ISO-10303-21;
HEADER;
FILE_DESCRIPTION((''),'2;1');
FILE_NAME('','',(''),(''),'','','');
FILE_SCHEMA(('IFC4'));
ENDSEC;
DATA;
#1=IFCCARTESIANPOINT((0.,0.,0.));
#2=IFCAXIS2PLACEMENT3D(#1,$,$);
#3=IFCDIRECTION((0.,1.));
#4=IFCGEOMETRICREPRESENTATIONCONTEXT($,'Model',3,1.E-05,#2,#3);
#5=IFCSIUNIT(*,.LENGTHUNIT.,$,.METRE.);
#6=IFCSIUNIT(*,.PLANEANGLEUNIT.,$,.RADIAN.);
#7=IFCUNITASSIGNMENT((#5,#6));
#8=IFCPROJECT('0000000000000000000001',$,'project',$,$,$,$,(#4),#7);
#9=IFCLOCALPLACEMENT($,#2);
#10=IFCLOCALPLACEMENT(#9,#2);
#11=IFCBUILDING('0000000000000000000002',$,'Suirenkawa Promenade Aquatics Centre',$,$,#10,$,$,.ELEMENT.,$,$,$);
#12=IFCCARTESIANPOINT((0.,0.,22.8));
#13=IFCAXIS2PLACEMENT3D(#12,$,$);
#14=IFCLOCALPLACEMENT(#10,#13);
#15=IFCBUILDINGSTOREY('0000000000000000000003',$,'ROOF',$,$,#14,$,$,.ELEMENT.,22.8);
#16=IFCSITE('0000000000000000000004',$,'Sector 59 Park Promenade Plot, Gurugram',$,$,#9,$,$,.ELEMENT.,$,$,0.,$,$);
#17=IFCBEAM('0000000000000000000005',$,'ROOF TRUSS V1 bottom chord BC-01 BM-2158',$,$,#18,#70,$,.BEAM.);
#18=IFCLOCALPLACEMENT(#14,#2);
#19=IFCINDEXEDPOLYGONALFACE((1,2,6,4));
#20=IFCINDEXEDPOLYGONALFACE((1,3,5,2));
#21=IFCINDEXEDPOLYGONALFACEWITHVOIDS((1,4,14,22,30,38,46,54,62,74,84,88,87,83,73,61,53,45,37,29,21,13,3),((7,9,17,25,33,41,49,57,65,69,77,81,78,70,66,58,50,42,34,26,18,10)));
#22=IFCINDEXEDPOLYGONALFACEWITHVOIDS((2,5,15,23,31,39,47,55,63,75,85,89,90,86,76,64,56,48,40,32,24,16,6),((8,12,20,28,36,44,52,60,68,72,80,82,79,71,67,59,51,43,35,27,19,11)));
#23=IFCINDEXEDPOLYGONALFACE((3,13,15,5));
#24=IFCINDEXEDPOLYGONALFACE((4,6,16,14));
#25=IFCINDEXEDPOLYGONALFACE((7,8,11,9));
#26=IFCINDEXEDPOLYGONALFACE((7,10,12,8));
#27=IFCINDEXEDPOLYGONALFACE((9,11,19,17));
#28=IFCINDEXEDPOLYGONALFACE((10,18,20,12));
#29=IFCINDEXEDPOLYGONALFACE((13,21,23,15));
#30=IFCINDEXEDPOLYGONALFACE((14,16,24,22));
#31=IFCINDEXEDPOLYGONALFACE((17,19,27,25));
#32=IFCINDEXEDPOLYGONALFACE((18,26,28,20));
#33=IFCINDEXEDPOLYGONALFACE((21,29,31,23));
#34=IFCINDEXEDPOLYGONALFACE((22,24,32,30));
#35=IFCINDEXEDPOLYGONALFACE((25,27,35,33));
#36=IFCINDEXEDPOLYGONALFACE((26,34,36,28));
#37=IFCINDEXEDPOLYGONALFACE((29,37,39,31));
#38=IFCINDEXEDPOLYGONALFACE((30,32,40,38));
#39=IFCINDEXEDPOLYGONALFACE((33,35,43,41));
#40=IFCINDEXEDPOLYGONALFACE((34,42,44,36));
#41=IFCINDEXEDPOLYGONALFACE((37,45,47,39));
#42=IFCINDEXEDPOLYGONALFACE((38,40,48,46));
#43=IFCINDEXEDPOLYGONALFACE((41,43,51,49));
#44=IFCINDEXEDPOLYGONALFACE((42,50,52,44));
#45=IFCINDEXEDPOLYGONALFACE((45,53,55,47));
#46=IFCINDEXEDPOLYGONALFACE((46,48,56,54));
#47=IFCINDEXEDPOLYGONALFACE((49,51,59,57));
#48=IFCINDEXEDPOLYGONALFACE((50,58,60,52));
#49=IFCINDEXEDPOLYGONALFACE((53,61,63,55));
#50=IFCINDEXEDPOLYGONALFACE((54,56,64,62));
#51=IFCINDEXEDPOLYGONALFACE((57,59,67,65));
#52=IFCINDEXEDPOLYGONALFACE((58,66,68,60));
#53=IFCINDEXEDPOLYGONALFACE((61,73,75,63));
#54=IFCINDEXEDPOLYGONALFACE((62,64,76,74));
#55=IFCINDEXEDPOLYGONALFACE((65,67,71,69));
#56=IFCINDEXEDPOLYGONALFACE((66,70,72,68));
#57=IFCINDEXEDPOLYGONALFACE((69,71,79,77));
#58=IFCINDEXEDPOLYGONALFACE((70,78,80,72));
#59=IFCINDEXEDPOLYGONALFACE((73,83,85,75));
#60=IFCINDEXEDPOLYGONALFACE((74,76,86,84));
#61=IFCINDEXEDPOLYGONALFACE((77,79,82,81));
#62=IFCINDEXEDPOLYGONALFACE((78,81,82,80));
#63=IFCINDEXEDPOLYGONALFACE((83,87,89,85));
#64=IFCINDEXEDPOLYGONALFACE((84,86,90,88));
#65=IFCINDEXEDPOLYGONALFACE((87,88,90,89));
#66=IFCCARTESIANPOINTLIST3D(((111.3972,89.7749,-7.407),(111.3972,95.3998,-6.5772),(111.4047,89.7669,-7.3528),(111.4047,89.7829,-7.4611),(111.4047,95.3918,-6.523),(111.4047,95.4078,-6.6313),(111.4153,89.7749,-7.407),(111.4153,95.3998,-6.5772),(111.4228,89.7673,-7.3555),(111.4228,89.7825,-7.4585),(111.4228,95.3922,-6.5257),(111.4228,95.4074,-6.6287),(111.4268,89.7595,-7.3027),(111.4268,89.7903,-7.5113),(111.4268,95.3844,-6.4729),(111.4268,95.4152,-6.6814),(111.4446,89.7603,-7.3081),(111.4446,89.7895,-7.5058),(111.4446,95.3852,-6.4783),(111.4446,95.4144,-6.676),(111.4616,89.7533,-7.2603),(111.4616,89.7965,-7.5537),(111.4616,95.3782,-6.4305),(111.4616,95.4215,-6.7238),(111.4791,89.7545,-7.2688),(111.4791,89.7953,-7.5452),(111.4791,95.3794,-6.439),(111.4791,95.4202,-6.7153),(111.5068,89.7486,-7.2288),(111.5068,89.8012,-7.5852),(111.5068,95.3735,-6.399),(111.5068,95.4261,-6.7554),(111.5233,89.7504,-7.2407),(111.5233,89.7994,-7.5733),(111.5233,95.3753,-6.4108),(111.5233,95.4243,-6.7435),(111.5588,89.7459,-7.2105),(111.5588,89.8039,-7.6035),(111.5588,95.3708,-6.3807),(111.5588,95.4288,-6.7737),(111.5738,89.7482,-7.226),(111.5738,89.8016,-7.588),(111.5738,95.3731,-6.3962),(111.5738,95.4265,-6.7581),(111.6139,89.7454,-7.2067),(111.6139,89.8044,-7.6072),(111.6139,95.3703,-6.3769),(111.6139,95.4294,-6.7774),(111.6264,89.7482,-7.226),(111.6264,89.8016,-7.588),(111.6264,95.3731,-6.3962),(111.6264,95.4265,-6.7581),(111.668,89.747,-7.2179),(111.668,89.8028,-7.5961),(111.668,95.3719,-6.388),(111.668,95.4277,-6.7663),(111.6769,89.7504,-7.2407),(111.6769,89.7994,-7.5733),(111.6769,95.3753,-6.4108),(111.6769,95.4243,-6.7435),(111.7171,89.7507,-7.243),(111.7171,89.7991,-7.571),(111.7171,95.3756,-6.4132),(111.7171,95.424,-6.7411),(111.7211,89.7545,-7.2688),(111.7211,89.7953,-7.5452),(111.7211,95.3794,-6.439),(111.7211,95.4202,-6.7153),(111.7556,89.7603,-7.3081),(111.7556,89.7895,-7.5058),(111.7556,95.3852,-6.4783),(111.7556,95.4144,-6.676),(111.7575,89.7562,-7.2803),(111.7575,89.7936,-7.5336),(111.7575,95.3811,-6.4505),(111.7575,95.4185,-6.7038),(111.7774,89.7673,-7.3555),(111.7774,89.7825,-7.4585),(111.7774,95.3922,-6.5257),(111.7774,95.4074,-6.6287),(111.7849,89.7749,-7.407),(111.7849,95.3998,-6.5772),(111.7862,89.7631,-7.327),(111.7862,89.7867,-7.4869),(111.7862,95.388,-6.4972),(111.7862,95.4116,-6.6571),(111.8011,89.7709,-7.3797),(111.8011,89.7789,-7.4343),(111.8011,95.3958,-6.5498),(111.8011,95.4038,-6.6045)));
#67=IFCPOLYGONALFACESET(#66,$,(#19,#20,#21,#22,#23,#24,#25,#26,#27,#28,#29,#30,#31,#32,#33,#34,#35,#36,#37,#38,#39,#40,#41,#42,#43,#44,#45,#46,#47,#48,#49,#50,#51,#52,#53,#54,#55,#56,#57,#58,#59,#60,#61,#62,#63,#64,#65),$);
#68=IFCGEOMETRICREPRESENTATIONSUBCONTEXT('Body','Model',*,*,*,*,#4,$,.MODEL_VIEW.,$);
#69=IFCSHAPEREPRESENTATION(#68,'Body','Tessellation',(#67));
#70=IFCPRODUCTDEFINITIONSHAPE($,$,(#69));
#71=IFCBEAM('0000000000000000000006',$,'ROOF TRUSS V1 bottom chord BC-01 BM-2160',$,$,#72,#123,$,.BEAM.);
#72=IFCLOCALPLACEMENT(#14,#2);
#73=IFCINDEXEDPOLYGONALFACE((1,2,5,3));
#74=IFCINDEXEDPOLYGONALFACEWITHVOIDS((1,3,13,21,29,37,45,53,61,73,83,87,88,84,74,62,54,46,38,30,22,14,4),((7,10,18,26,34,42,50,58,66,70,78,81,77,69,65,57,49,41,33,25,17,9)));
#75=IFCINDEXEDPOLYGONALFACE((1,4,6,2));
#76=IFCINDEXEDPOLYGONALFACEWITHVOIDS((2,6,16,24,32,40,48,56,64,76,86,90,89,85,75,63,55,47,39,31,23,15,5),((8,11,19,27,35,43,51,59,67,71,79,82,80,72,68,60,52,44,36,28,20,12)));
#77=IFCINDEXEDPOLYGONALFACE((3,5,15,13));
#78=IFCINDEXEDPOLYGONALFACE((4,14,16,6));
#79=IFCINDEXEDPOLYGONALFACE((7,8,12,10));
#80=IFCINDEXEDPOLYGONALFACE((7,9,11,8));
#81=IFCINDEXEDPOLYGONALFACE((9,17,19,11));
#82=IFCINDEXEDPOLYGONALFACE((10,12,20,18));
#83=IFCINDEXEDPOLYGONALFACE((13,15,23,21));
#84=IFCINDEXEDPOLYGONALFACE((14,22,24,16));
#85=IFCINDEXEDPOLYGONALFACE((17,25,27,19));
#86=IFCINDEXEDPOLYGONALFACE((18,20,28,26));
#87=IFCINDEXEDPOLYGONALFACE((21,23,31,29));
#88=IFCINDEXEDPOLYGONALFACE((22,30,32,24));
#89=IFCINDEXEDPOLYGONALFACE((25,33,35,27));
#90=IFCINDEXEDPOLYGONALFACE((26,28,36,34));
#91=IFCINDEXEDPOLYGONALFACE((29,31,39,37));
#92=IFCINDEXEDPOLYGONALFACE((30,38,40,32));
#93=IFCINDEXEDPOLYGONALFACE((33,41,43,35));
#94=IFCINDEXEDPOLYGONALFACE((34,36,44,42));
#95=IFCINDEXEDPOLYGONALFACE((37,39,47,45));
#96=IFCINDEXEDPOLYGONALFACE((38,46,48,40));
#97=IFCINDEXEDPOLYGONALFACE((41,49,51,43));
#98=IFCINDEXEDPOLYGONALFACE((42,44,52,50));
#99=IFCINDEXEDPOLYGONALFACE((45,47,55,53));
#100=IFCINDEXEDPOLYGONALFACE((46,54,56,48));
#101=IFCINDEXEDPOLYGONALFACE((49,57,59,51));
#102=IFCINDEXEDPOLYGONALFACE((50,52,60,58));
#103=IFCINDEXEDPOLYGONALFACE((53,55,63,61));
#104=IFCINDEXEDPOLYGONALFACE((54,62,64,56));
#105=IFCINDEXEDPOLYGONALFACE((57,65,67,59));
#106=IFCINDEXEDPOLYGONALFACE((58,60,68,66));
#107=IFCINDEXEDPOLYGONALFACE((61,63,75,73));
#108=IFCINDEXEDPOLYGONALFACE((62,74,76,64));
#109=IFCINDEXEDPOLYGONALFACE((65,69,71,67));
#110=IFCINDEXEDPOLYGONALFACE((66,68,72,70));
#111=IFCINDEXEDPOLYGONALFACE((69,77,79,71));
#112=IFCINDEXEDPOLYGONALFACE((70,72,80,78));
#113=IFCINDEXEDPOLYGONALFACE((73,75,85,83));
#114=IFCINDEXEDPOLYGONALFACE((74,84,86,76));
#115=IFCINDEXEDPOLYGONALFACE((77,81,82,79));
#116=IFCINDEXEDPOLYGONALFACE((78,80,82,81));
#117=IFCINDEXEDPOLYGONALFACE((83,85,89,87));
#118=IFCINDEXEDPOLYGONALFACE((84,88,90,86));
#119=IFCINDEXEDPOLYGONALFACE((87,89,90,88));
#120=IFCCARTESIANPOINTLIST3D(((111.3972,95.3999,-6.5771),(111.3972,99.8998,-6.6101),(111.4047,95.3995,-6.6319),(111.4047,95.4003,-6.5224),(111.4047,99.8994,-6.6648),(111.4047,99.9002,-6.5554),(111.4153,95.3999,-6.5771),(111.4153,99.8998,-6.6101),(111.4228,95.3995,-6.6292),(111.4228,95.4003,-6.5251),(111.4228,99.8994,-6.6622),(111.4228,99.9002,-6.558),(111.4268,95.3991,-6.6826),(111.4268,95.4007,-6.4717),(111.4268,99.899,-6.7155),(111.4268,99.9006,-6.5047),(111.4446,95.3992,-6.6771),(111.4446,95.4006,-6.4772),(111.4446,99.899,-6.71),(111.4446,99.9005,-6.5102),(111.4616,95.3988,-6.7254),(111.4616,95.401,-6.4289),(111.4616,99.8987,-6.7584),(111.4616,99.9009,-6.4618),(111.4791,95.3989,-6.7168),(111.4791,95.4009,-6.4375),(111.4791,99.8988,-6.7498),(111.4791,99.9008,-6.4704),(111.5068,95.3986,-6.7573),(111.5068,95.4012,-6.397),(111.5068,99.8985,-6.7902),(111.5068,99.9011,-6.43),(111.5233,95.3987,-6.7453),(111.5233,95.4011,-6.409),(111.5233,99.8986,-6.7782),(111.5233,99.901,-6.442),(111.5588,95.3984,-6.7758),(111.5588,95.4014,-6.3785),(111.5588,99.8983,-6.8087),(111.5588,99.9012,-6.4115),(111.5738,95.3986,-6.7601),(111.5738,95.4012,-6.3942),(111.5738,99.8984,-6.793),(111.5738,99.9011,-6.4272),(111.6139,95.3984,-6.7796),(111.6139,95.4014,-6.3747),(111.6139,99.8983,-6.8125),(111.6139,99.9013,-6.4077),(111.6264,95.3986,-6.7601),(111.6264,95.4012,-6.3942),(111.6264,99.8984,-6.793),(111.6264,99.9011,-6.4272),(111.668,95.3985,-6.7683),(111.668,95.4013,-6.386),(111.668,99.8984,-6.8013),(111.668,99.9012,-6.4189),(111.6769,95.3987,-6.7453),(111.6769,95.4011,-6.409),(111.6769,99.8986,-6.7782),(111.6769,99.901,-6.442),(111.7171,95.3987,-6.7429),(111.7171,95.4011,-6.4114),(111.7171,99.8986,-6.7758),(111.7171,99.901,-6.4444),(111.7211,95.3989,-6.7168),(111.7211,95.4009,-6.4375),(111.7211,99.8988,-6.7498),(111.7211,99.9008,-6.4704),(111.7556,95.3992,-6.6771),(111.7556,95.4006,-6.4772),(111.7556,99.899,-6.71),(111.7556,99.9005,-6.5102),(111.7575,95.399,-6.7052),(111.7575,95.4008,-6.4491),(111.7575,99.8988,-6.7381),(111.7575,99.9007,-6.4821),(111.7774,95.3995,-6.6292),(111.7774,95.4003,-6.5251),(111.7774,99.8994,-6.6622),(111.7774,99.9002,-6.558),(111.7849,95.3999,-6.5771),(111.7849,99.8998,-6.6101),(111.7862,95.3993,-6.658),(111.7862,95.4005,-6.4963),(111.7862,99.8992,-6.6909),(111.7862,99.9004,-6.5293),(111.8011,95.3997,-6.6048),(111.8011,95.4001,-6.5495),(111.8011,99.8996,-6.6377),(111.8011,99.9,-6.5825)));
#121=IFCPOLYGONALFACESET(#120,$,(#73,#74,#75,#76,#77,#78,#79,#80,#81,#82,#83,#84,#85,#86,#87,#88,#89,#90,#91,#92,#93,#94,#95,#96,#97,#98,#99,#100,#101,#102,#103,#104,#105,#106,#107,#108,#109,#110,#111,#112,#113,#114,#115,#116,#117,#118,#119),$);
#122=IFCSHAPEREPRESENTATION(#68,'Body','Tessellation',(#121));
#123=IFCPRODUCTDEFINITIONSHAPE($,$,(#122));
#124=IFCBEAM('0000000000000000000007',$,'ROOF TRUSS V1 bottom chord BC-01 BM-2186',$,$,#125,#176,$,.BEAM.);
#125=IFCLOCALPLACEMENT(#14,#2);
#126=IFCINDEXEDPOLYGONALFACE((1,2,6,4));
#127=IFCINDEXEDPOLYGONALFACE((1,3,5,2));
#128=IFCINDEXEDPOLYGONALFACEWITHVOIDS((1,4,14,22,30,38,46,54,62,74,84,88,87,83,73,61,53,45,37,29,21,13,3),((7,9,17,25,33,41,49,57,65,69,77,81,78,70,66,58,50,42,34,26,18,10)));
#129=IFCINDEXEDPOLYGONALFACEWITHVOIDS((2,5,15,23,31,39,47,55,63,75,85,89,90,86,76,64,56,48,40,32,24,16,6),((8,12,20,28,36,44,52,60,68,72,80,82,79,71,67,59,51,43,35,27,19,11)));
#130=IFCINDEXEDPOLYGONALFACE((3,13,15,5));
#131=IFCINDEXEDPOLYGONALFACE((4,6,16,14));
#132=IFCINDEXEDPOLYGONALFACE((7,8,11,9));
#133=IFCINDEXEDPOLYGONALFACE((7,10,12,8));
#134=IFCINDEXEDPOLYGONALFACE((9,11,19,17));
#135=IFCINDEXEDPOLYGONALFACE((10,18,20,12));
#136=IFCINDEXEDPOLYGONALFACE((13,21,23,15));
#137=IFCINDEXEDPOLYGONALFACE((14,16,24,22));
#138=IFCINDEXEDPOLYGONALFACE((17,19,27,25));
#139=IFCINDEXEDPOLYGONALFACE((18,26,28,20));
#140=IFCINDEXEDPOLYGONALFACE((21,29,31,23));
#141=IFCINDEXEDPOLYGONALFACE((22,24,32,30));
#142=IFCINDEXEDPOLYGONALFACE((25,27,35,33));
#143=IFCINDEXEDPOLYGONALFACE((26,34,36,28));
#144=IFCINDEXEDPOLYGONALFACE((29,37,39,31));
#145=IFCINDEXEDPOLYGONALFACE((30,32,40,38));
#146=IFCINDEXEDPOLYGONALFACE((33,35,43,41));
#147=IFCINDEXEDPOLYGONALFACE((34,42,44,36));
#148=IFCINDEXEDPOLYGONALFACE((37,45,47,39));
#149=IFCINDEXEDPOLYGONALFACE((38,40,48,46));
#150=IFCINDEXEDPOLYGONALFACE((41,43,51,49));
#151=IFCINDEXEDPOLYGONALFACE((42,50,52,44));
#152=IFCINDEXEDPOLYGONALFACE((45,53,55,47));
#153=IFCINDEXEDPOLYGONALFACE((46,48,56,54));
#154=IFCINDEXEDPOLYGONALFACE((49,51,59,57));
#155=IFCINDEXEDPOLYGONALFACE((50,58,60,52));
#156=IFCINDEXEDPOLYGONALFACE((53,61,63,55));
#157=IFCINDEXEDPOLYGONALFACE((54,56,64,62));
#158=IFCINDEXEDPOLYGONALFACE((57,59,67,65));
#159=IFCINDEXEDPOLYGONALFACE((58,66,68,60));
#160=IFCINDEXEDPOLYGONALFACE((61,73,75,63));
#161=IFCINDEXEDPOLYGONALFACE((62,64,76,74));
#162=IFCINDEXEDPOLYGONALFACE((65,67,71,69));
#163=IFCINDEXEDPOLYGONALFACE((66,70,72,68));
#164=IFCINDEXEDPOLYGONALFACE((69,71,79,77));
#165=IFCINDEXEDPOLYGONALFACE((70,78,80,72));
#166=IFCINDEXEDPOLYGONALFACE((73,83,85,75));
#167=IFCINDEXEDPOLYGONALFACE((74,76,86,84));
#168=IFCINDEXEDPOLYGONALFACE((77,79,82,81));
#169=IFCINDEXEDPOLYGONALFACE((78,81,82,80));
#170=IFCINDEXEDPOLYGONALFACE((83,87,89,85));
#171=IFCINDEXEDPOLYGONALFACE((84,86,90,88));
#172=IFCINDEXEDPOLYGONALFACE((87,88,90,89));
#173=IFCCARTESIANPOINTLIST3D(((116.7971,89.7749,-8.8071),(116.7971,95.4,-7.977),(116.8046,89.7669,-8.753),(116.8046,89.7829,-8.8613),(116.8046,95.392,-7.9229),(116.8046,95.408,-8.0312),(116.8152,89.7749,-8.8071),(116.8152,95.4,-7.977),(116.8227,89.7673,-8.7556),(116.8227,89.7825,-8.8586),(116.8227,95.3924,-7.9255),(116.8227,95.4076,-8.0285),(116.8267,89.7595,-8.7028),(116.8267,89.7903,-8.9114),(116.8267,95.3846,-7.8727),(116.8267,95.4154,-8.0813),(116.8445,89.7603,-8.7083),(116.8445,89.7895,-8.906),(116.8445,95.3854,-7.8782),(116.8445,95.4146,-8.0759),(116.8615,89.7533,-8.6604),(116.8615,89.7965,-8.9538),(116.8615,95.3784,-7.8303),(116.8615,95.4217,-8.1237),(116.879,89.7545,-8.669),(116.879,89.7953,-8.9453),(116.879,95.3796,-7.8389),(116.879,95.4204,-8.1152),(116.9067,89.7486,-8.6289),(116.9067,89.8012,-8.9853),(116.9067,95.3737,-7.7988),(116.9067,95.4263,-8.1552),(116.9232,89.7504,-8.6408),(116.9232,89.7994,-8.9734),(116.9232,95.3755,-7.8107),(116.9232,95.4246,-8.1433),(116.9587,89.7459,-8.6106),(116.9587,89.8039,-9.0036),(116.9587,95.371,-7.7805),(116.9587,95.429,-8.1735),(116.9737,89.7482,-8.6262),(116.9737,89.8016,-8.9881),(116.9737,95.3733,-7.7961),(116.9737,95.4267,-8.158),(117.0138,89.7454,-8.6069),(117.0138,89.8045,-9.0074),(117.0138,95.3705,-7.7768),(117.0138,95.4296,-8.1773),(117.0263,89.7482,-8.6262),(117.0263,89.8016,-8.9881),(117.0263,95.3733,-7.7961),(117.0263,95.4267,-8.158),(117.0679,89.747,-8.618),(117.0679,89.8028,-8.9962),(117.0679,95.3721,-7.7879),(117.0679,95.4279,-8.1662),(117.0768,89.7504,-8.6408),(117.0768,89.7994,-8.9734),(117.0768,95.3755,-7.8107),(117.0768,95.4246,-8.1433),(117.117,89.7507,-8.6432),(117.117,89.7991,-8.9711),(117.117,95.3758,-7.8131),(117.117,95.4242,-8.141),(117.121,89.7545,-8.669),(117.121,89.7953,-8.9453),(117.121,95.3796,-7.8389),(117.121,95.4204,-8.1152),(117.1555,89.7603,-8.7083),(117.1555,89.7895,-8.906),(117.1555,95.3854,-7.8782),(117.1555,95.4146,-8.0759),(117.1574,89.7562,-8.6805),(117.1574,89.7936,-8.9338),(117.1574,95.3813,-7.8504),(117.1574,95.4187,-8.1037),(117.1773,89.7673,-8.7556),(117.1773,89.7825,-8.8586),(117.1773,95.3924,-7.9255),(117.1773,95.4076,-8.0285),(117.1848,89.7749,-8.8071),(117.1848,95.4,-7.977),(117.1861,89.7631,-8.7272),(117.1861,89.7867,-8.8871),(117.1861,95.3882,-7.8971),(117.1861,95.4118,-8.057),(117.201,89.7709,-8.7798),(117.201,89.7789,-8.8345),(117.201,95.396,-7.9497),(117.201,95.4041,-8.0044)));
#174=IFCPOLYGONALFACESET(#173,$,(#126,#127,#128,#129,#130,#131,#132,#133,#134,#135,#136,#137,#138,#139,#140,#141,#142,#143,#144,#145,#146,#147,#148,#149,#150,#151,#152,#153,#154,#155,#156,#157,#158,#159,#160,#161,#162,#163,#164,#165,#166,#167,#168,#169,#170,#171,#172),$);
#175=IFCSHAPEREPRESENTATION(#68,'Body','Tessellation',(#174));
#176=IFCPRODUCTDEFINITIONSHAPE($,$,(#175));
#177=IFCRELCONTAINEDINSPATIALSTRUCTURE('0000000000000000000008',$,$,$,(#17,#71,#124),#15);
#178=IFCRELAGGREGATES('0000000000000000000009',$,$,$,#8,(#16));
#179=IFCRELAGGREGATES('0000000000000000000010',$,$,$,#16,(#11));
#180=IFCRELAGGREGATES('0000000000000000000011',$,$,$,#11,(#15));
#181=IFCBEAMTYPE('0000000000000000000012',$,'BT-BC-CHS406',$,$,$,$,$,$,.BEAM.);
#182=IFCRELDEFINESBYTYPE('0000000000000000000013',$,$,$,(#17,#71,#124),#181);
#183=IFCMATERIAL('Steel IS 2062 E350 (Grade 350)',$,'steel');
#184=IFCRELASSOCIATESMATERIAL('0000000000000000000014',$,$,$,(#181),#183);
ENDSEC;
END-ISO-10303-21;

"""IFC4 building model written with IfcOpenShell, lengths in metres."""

from ifc_helpers import new_model, si_unit, direction, frame, origin, origin_2d, place, context, subcontext, project, spatial, hollow_circle, extrude, material, material_profile, profile_set, type_object, element, save


model = new_model("IFC4")

# Units and contexts
model_context = context("Model", 3, precision=1e-05, world=origin(), true_north=direction((0.0, 1.0)))
body_context = subcontext(model_context, "Body", "Model", "MODEL_VIEW")
ifc_project = project(units=[si_unit("LENGTHUNIT", "METRE"), si_unit("PLANEANGLEUNIT", "RADIAN")], contexts=[model_context])

# Site, building, storey
site_placement = place(None, origin())
site = spatial("IfcSite", under=ifc_project, at=site_placement, Name="Sector 59 Park Promenade Plot, Gurugram", CompositionType="ELEMENT", RefElevation=0.0)
building_placement = place(site_placement, origin())
building = spatial("IfcBuilding", under=site, at=building_placement, Name="Suirenkawa Promenade Aquatics Centre", CompositionType="ELEMENT")
storey_placement = place(building_placement, frame((0.0, 0.0, 22.8)))
storey = spatial("IfcBuildingStorey", under=building, at=storey_placement, Name="ROOF", CompositionType="ELEMENT", Elevation=22.8)

# Beams
ifc_material_1 = material(Name="Steel IS 2062 E350 (Grade 350)", Category="steel")
ifc_material_profile_1 = material_profile(ifc_material_1, hollow_circle(Radius=0.2029, WallThickness=0.0181, at=origin_2d()), Name="CHS 406x18", Category="steel")
ifc_profile_set_1 = profile_set([ifc_material_profile_1], Name="Steel IS 2062 E350 (Grade 350)")
beam_type_1 = type_object("IfcBeamType", Name="BT-BC-CHS406", PredefinedType="BEAM", material=ifc_profile_set_1)
beam_1_placement = place(storey_placement, frame((111.6001, 89.7749, -7.407), z_axis=(0.0, 0.989292, 0.145946), x_axis=(-1.0, 0.0, 0.0)))
element("IfcBeam", 1, at=beam_1_placement, inside=storey, type_object=beam_type_1, Name="ROOF TRUSS V1 bottom chord BC-01 BM-2158", PredefinedType="BEAM", context=body_context, shape_type="SweptSolid", body=[
    extrude(hollow_circle(Radius=0.2029, WallThickness=0.0181, at=origin_2d()), origin(), (0.0, 0.0, 1.0), 5.6858),
])
beam_2_placement = place(storey_placement, frame((111.6001, 95.3999, -6.5771), z_axis=(0.0, 0.999973, -0.007324), x_axis=(-1.0, 0.0, 0.0)))
element("IfcBeam", 2, at=beam_2_placement, inside=storey, type_object=beam_type_1, Name="ROOF TRUSS V1 bottom chord BC-01 BM-2160", PredefinedType="BEAM", context=body_context, shape_type="SweptSolid", body=[
    extrude(hollow_circle(Radius=0.2029, WallThickness=0.0181, at=origin_2d()), origin(), (0.0, 0.0, 1.0), 4.5),
])
beam_3_placement = place(storey_placement, frame((117.0, 89.7749, -8.8071), z_axis=(0.0, 0.989286, 0.145988), x_axis=(-1.0, 0.0, 0.0)))
element("IfcBeam", 3, at=beam_3_placement, inside=storey, type_object=beam_type_1, Name="ROOF TRUSS V1 bottom chord BC-01 BM-2186", PredefinedType="BEAM", context=body_context, shape_type="SweptSolid", body=[
    extrude(hollow_circle(Radius=0.2029, WallThickness=0.0181, at=origin_2d()), origin(), (0.0, 0.0, 1.0), 5.686),
])

save(model, "model.ifc")
